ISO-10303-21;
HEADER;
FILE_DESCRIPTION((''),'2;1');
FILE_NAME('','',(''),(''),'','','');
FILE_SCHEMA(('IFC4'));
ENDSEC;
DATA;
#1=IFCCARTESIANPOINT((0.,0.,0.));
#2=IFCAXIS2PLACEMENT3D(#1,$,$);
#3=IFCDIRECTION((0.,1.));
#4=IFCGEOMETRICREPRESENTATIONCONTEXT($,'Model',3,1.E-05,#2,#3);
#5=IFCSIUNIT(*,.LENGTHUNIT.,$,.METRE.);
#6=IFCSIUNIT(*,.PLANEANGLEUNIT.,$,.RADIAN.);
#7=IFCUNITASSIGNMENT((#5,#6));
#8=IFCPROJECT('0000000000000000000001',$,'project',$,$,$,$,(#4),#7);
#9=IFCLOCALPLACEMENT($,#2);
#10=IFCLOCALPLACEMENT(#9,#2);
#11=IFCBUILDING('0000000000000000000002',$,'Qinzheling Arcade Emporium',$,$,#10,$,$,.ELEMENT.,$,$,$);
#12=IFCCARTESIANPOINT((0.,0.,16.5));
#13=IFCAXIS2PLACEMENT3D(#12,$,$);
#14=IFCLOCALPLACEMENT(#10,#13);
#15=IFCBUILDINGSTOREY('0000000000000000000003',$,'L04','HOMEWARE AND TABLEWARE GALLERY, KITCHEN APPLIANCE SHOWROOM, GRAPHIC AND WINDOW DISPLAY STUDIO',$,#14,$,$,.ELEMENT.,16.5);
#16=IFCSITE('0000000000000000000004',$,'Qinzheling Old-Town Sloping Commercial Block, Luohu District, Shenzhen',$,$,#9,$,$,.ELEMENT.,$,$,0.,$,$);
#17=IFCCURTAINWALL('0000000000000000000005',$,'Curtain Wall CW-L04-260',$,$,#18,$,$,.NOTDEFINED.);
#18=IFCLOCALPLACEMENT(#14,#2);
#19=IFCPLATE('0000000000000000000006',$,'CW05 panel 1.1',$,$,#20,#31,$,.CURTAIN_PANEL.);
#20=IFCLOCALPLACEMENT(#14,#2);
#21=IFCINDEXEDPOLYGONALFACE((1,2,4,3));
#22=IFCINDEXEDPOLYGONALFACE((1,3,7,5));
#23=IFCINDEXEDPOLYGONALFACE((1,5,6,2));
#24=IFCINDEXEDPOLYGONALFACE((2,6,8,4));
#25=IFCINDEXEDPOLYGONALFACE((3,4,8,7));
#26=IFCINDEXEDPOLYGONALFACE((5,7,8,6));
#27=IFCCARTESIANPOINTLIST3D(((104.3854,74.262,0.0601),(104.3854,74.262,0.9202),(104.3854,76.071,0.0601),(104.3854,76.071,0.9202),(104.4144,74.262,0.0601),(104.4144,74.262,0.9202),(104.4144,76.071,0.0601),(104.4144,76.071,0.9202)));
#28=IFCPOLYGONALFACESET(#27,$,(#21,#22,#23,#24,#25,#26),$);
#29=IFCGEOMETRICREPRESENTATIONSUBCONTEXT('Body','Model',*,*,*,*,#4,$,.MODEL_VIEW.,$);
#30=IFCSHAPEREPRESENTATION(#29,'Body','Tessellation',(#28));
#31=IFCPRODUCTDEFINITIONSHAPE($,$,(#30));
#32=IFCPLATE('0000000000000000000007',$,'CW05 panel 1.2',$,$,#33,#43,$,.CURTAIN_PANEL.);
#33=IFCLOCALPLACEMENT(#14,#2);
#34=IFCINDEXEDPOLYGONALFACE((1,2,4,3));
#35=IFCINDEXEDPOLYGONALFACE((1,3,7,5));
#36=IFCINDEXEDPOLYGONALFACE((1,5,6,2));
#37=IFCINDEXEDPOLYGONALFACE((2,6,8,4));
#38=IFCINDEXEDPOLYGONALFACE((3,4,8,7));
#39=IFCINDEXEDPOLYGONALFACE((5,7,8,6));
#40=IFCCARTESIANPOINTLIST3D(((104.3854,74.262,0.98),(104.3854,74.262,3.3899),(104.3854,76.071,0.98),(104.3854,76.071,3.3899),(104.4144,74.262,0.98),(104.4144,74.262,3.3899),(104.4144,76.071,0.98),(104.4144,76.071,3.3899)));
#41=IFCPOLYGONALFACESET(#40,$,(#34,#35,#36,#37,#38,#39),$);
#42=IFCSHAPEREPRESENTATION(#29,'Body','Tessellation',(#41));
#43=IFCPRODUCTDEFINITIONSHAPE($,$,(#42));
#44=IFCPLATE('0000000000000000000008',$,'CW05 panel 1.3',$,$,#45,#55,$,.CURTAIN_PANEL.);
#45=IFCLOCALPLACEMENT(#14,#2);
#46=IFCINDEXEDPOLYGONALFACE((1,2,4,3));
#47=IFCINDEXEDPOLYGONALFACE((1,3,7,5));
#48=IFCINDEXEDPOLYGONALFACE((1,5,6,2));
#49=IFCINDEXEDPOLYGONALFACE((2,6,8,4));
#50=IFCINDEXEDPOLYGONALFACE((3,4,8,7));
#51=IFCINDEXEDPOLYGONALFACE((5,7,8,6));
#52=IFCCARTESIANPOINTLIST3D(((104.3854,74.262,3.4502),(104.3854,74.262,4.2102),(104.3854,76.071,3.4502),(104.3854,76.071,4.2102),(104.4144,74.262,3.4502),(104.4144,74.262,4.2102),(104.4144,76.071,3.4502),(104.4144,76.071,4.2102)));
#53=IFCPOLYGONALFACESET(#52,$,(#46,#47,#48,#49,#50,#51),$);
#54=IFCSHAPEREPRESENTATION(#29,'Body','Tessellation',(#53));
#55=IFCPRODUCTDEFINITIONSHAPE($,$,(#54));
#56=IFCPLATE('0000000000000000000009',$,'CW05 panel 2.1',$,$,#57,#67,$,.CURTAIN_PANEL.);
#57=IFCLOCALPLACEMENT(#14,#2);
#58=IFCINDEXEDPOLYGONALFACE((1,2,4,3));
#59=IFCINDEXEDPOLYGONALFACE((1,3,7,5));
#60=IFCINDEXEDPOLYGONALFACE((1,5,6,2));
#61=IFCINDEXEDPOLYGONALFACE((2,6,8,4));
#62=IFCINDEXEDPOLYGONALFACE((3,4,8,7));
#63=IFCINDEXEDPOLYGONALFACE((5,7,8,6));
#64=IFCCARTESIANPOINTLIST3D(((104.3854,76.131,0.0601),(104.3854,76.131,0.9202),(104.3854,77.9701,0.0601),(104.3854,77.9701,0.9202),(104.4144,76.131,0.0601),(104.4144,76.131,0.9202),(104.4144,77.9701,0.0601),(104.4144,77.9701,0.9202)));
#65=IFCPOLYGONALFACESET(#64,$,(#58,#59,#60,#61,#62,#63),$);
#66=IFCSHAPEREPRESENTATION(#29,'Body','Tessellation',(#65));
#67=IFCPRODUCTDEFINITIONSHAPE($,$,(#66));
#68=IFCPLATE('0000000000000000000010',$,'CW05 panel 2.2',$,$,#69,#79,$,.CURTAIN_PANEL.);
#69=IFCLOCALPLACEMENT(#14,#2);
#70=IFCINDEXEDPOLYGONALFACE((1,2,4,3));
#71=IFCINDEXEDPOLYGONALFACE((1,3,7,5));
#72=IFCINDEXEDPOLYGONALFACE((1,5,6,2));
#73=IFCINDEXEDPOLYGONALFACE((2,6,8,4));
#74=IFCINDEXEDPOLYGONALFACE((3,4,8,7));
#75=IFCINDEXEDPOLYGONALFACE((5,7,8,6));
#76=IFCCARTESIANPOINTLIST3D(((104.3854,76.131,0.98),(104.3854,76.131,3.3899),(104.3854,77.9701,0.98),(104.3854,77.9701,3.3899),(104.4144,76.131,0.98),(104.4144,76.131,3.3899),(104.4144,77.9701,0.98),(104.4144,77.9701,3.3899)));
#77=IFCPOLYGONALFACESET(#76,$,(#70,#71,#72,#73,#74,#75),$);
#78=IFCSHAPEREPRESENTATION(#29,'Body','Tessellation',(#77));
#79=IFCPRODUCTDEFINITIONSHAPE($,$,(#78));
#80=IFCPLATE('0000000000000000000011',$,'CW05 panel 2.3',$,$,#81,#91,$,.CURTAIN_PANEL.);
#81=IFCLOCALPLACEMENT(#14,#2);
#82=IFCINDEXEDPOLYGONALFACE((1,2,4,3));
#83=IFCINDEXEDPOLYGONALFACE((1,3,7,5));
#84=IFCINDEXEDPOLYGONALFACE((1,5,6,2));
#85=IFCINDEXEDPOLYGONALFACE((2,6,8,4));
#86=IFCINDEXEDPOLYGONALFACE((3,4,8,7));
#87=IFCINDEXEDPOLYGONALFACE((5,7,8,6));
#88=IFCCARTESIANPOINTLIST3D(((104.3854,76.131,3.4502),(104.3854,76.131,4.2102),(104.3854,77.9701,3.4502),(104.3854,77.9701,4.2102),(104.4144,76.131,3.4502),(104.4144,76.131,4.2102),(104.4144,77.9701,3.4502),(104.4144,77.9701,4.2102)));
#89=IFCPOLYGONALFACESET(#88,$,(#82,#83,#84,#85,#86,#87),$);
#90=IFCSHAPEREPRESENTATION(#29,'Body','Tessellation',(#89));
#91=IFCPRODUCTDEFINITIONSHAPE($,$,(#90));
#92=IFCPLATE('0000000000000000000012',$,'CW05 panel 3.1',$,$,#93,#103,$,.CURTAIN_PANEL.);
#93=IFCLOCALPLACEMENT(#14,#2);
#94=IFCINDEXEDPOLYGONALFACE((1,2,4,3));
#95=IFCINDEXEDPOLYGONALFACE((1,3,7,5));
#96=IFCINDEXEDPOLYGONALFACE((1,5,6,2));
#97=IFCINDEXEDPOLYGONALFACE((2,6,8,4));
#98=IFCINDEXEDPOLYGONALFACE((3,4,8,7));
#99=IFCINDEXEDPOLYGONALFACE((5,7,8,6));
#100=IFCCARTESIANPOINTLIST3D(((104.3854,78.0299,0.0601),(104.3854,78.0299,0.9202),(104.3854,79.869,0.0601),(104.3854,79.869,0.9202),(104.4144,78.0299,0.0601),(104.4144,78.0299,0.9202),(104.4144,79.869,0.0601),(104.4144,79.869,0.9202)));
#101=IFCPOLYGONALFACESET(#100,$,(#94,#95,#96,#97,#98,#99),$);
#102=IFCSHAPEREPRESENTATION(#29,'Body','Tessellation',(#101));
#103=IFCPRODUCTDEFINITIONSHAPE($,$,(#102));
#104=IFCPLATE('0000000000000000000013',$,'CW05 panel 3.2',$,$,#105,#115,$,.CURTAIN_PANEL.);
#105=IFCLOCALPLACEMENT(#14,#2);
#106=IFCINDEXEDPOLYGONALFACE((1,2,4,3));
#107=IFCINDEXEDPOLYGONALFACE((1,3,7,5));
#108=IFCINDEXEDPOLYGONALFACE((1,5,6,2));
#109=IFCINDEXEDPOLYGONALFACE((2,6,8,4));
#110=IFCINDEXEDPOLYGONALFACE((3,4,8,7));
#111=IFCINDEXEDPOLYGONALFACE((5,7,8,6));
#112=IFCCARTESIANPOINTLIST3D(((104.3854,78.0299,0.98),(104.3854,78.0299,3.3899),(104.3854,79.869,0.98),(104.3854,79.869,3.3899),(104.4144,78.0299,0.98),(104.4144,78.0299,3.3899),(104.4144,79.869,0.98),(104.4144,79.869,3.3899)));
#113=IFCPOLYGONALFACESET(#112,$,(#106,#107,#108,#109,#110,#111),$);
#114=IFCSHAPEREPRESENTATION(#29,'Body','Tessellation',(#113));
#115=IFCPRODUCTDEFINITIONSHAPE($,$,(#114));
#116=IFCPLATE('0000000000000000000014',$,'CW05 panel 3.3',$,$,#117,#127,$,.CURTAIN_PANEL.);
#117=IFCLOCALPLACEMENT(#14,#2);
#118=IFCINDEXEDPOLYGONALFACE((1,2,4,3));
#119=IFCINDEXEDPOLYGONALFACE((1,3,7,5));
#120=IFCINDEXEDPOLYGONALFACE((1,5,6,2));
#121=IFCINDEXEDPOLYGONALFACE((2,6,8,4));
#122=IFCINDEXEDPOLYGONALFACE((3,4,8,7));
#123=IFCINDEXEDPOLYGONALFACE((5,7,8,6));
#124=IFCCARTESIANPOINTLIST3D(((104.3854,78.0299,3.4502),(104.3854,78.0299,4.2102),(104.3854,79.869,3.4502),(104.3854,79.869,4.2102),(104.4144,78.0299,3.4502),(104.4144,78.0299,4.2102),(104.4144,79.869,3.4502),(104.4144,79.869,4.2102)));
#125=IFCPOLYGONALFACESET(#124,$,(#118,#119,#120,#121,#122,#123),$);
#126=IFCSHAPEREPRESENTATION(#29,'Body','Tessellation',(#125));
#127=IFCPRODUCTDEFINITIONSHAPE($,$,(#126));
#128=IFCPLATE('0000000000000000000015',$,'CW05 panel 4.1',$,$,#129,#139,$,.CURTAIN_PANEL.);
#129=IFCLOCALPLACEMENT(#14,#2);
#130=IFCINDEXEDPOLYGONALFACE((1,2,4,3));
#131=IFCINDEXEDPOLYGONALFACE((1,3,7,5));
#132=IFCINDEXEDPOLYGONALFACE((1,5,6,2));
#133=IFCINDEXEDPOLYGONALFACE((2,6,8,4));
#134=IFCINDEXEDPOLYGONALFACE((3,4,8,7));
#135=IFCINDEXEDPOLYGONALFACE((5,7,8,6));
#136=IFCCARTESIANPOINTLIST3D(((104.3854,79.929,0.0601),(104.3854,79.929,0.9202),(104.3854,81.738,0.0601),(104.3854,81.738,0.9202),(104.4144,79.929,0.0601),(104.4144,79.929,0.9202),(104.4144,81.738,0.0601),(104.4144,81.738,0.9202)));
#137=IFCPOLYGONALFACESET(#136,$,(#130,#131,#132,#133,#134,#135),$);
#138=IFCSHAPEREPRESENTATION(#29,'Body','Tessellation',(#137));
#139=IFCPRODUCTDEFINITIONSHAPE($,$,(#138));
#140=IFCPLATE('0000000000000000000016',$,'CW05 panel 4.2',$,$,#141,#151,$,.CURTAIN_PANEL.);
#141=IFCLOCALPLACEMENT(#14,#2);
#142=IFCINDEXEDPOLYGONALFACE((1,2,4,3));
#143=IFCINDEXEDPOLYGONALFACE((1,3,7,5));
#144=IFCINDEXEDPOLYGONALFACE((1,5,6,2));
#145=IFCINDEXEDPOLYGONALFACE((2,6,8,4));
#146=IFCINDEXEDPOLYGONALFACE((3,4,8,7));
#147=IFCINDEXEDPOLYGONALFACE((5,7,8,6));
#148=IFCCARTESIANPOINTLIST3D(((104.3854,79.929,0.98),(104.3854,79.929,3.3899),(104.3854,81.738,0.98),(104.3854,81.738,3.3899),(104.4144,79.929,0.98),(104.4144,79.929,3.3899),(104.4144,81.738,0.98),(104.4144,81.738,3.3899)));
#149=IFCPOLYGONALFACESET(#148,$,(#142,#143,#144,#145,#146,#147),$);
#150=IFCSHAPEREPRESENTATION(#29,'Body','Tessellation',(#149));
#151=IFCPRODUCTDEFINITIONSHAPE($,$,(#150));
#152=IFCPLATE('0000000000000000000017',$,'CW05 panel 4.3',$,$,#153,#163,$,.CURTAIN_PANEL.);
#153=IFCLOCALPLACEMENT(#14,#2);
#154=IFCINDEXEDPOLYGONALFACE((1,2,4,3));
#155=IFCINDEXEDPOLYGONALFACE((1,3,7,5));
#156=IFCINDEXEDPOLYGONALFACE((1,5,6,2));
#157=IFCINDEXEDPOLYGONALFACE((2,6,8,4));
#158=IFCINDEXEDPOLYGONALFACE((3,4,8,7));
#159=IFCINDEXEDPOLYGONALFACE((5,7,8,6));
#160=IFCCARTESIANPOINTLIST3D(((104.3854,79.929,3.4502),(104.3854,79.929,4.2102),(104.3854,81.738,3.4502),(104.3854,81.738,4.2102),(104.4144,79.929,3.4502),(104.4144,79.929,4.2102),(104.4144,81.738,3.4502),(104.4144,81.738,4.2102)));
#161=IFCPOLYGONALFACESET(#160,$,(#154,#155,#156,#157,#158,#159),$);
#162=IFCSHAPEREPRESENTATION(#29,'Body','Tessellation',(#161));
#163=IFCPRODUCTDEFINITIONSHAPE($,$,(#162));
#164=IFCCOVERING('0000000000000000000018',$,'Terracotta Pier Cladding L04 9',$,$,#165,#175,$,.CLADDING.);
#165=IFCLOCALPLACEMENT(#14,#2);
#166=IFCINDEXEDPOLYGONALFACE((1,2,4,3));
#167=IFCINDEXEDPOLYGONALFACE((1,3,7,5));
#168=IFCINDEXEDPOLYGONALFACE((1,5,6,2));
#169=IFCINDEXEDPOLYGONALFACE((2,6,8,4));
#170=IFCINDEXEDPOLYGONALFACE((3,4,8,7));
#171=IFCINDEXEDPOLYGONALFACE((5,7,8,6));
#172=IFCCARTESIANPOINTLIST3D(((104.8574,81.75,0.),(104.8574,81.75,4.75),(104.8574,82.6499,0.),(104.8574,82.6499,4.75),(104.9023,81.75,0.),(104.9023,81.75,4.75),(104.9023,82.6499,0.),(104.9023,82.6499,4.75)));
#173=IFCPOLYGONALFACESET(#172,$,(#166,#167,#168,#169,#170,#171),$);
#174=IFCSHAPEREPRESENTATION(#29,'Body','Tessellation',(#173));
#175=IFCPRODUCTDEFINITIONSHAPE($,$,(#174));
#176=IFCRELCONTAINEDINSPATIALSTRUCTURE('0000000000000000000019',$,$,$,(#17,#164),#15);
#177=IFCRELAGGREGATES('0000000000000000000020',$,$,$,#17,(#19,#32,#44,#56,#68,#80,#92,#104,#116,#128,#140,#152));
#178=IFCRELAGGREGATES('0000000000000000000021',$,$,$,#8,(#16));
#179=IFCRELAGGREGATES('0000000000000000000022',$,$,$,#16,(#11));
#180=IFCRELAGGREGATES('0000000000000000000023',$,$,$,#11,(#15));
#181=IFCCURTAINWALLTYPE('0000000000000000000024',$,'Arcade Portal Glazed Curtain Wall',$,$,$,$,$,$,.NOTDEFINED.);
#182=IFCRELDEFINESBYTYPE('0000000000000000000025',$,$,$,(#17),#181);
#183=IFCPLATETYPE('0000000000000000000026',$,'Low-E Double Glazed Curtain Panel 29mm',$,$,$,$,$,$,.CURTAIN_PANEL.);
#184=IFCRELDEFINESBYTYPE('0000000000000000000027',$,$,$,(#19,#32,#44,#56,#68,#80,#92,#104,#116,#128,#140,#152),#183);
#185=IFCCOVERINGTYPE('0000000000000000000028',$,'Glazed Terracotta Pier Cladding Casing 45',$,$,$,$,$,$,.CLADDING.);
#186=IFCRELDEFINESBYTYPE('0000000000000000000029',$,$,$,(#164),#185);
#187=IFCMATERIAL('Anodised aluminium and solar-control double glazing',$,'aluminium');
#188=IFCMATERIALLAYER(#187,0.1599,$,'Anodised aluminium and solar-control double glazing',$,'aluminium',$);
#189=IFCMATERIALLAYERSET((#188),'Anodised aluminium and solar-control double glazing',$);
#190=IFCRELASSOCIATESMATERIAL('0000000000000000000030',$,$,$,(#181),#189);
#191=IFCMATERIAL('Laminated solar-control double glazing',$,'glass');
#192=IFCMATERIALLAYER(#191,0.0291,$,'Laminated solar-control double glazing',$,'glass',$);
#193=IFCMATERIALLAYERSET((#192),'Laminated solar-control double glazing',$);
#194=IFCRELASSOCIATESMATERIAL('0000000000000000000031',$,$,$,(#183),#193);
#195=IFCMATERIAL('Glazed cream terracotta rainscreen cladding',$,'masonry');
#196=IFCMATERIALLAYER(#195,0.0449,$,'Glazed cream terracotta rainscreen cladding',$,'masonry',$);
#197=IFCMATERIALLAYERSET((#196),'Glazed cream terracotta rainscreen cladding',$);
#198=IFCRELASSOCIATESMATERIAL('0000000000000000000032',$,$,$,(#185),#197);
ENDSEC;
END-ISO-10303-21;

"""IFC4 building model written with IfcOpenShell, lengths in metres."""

from ifc_helpers import new_model, si_unit, direction, frame, origin, origin_2d, place, context, subcontext, project, spatial, rectangle, extrude, material, layer, layer_set, type_object, element, aggregate, save


model = new_model("IFC4")

# Units and contexts
model_context = context("Model", 3, precision=1e-05, world=origin(), true_north=direction((0.0, 1.0)))
body_context = subcontext(model_context, "Body", "Model", "MODEL_VIEW")
ifc_project = project(units=[si_unit("LENGTHUNIT", "METRE"), si_unit("PLANEANGLEUNIT", "RADIAN")], contexts=[model_context])

# Site, building, storey
site_placement = place(None, origin())
site = spatial("IfcSite", under=ifc_project, at=site_placement, Name="Qinzheling Old-Town Sloping Commercial Block, Luohu District, Shenzhen", CompositionType="ELEMENT", RefElevation=0.0)
building_placement = place(site_placement, origin())
building = spatial("IfcBuilding", under=site, at=building_placement, Name="Qinzheling Arcade Emporium", CompositionType="ELEMENT")
storey_placement = place(building_placement, frame((0.0, 0.0, 16.5)))
storey = spatial("IfcBuildingStorey", under=building, at=storey_placement, Name="L04", Description="HOMEWARE AND TABLEWARE GALLERY, KITCHEN APPLIANCE SHOWROOM, GRAPHIC AND WINDOW DISPLAY STUDIO", CompositionType="ELEMENT", Elevation=16.5)

# Curtain wall
ifc_material_1 = material(Name="Anodised aluminium and solar-control double glazing", Category="aluminium")
ifc_layer_1 = layer(ifc_material_1, 0.1599, Name="Anodised aluminium and solar-control double glazing", Category="aluminium")
ifc_layer_set_1 = layer_set([ifc_layer_1], Name="Anodised aluminium and solar-control double glazing")
curtain_wall_type = type_object("IfcCurtainWallType", Name="Arcade Portal Glazed Curtain Wall", PredefinedType="NOTDEFINED", material=ifc_layer_set_1)
curtain_wall_1_placement = place(storey_placement, origin())
curtain_wall_1 = element("IfcCurtainWall", 1, at=curtain_wall_1_placement, inside=storey, type_object=curtain_wall_type, Name="Curtain Wall CW-L04-260", PredefinedType="NOTDEFINED")

# Plates
ifc_material_2 = material(Name="Laminated solar-control double glazing", Category="glass")
ifc_layer_2 = layer(ifc_material_2, 0.0291, Name="Laminated solar-control double glazing", Category="glass")
ifc_layer_set_2 = layer_set([ifc_layer_2], Name="Laminated solar-control double glazing")
plate_type_1 = type_object("IfcPlateType", Name="Low-E Double Glazed Curtain Panel 29mm", PredefinedType="CURTAIN_PANEL", material=ifc_layer_set_2)
plate_1_placement = place(storey_placement, frame((104.3999, 75.1665, 0.0601), z_axis=(0.0, 0.0, 1.0), x_axis=(0.0, 1.0, 0.0)))
plate_1 = element("IfcPlate", 2, at=plate_1_placement, type_object=plate_type_1, Name="CW05 panel 1.1", PredefinedType="CURTAIN_PANEL", context=body_context, shape_type="SweptSolid", body=[
    extrude(rectangle(XDim=1.8091, YDim=0.0291, at=origin_2d()), origin(), (0.0, 0.0, 1.0), 0.8601),
])
plate_2_placement = place(storey_placement, frame((104.3999, 75.1665, 0.98), z_axis=(0.0, 0.0, 1.0), x_axis=(0.0, 1.0, 0.0)))
plate_2 = element("IfcPlate", 3, at=plate_2_placement, type_object=plate_type_1, Name="CW05 panel 1.2", PredefinedType="CURTAIN_PANEL", context=body_context, shape_type="SweptSolid", body=[
    extrude(rectangle(XDim=1.8091, YDim=0.0291, at=origin_2d()), origin(), (0.0, 0.0, 1.0), 2.4099),
])
plate_3_placement = place(storey_placement, frame((104.3999, 75.1665, 3.4502), z_axis=(0.0, 0.0, 1.0), x_axis=(0.0, 1.0, 0.0)))
plate_3 = element("IfcPlate", 4, at=plate_3_placement, type_object=plate_type_1, Name="CW05 panel 1.3", PredefinedType="CURTAIN_PANEL", context=body_context, shape_type="SweptSolid", body=[
    extrude(rectangle(XDim=1.8091, YDim=0.0291, at=origin_2d()), origin(), (0.0, 0.0, 1.0), 0.76),
])
plate_4_placement = place(storey_placement, frame((104.3999, 77.0505, 0.0601), z_axis=(0.0, 0.0, 1.0), x_axis=(0.0, 1.0, 0.0)))
plate_4 = element("IfcPlate", 5, at=plate_4_placement, type_object=plate_type_1, Name="CW05 panel 2.1", PredefinedType="CURTAIN_PANEL", context=body_context, shape_type="SweptSolid", body=[
    extrude(rectangle(XDim=1.8391, YDim=0.0291, at=origin_2d()), origin(), (0.0, 0.0, 1.0), 0.8601),
])
plate_5_placement = place(storey_placement, frame((104.3999, 77.0505, 0.98), z_axis=(0.0, 0.0, 1.0), x_axis=(0.0, 1.0, 0.0)))
plate_5 = element("IfcPlate", 6, at=plate_5_placement, type_object=plate_type_1, Name="CW05 panel 2.2", PredefinedType="CURTAIN_PANEL", context=body_context, shape_type="SweptSolid", body=[
    extrude(rectangle(XDim=1.8391, YDim=0.0291, at=origin_2d()), origin(), (0.0, 0.0, 1.0), 2.4099),
])
plate_6_placement = place(storey_placement, frame((104.3999, 77.0505, 3.4502), z_axis=(0.0, 0.0, 1.0), x_axis=(0.0, 1.0, 0.0)))
plate_6 = element("IfcPlate", 7, at=plate_6_placement, type_object=plate_type_1, Name="CW05 panel 2.3", PredefinedType="CURTAIN_PANEL", context=body_context, shape_type="SweptSolid", body=[
    extrude(rectangle(XDim=1.8391, YDim=0.0291, at=origin_2d()), origin(), (0.0, 0.0, 1.0), 0.76),
])
plate_7_placement = place(storey_placement, frame((104.3999, 78.9495, 0.0601), z_axis=(0.0, 0.0, 1.0), x_axis=(0.0, 1.0, 0.0)))
plate_7 = element("IfcPlate", 8, at=plate_7_placement, type_object=plate_type_1, Name="CW05 panel 3.1", PredefinedType="CURTAIN_PANEL", context=body_context, shape_type="SweptSolid", body=[
    extrude(rectangle(XDim=1.8391, YDim=0.0291, at=origin_2d()), origin(), (0.0, 0.0, 1.0), 0.8601),
])
plate_8_placement = place(storey_placement, frame((104.3999, 78.9495, 0.98), z_axis=(0.0, 0.0, 1.0), x_axis=(0.0, 1.0, 0.0)))
plate_8 = element("IfcPlate", 9, at=plate_8_placement, type_object=plate_type_1, Name="CW05 panel 3.2", PredefinedType="CURTAIN_PANEL", context=body_context, shape_type="SweptSolid", body=[
    extrude(rectangle(XDim=1.8391, YDim=0.0291, at=origin_2d()), origin(), (0.0, 0.0, 1.0), 2.4099),
])
plate_9_placement = place(storey_placement, frame((104.3999, 78.9495, 3.4502), z_axis=(0.0, 0.0, 1.0), x_axis=(0.0, 1.0, 0.0)))
plate_9 = element("IfcPlate", 10, at=plate_9_placement, type_object=plate_type_1, Name="CW05 panel 3.3", PredefinedType="CURTAIN_PANEL", context=body_context, shape_type="SweptSolid", body=[
    extrude(rectangle(XDim=1.8391, YDim=0.0291, at=origin_2d()), origin(), (0.0, 0.0, 1.0), 0.76),
])
plate_10_placement = place(storey_placement, frame((104.3999, 80.8335, 0.0601), z_axis=(0.0, 0.0, 1.0), x_axis=(0.0, 1.0, 0.0)))
plate_10 = element("IfcPlate", 11, at=plate_10_placement, type_object=plate_type_1, Name="CW05 panel 4.1", PredefinedType="CURTAIN_PANEL", context=body_context, shape_type="SweptSolid", body=[
    extrude(rectangle(XDim=1.8091, YDim=0.0291, at=origin_2d()), origin(), (0.0, 0.0, 1.0), 0.8601),
])
plate_11_placement = place(storey_placement, frame((104.3999, 80.8335, 0.98), z_axis=(0.0, 0.0, 1.0), x_axis=(0.0, 1.0, 0.0)))
plate_11 = element("IfcPlate", 12, at=plate_11_placement, type_object=plate_type_1, Name="CW05 panel 4.2", PredefinedType="CURTAIN_PANEL", context=body_context, shape_type="SweptSolid", body=[
    extrude(rectangle(XDim=1.8091, YDim=0.0291, at=origin_2d()), origin(), (0.0, 0.0, 1.0), 2.4099),
])
plate_12_placement = place(storey_placement, frame((104.3999, 80.8335, 3.4502), z_axis=(0.0, 0.0, 1.0), x_axis=(0.0, 1.0, 0.0)))
plate_12 = element("IfcPlate", 13, at=plate_12_placement, type_object=plate_type_1, Name="CW05 panel 4.3", PredefinedType="CURTAIN_PANEL", context=body_context, shape_type="SweptSolid", body=[
    extrude(rectangle(XDim=1.8091, YDim=0.0291, at=origin_2d()), origin(), (0.0, 0.0, 1.0), 0.76),
])
aggregate(curtain_wall_1, [plate_1, plate_2, plate_3, plate_4, plate_5, plate_6, plate_7, plate_8, plate_9, plate_10, plate_11, plate_12])

# Covering
ifc_material_3 = material(Name="Glazed cream terracotta rainscreen cladding", Category="masonry")
ifc_layer_3 = layer(ifc_material_3, 0.0449, Name="Glazed cream terracotta rainscreen cladding", Category="masonry")
ifc_layer_set_3 = layer_set([ifc_layer_3], Name="Glazed cream terracotta rainscreen cladding")
covering_type = type_object("IfcCoveringType", Name="Glazed Terracotta Pier Cladding Casing 45", PredefinedType="CLADDING", material=ifc_layer_set_3)
covering_placement = place(storey_placement, frame((104.8799, 82.2, 0.0), z_axis=(0.0, 0.0, 1.0), x_axis=(1.0, 0.0, 0.0)))
element("IfcCovering", 14, at=covering_placement, inside=storey, type_object=covering_type, Name="Terracotta Pier Cladding L04 9", PredefinedType="CLADDING", context=body_context, shape_type="SweptSolid", body=[
    extrude(rectangle(XDim=0.0449, YDim=0.8999, at=origin_2d()), origin(), (0.0, 0.0, 1.0), 4.75),
])

save(model, "model.ifc")
